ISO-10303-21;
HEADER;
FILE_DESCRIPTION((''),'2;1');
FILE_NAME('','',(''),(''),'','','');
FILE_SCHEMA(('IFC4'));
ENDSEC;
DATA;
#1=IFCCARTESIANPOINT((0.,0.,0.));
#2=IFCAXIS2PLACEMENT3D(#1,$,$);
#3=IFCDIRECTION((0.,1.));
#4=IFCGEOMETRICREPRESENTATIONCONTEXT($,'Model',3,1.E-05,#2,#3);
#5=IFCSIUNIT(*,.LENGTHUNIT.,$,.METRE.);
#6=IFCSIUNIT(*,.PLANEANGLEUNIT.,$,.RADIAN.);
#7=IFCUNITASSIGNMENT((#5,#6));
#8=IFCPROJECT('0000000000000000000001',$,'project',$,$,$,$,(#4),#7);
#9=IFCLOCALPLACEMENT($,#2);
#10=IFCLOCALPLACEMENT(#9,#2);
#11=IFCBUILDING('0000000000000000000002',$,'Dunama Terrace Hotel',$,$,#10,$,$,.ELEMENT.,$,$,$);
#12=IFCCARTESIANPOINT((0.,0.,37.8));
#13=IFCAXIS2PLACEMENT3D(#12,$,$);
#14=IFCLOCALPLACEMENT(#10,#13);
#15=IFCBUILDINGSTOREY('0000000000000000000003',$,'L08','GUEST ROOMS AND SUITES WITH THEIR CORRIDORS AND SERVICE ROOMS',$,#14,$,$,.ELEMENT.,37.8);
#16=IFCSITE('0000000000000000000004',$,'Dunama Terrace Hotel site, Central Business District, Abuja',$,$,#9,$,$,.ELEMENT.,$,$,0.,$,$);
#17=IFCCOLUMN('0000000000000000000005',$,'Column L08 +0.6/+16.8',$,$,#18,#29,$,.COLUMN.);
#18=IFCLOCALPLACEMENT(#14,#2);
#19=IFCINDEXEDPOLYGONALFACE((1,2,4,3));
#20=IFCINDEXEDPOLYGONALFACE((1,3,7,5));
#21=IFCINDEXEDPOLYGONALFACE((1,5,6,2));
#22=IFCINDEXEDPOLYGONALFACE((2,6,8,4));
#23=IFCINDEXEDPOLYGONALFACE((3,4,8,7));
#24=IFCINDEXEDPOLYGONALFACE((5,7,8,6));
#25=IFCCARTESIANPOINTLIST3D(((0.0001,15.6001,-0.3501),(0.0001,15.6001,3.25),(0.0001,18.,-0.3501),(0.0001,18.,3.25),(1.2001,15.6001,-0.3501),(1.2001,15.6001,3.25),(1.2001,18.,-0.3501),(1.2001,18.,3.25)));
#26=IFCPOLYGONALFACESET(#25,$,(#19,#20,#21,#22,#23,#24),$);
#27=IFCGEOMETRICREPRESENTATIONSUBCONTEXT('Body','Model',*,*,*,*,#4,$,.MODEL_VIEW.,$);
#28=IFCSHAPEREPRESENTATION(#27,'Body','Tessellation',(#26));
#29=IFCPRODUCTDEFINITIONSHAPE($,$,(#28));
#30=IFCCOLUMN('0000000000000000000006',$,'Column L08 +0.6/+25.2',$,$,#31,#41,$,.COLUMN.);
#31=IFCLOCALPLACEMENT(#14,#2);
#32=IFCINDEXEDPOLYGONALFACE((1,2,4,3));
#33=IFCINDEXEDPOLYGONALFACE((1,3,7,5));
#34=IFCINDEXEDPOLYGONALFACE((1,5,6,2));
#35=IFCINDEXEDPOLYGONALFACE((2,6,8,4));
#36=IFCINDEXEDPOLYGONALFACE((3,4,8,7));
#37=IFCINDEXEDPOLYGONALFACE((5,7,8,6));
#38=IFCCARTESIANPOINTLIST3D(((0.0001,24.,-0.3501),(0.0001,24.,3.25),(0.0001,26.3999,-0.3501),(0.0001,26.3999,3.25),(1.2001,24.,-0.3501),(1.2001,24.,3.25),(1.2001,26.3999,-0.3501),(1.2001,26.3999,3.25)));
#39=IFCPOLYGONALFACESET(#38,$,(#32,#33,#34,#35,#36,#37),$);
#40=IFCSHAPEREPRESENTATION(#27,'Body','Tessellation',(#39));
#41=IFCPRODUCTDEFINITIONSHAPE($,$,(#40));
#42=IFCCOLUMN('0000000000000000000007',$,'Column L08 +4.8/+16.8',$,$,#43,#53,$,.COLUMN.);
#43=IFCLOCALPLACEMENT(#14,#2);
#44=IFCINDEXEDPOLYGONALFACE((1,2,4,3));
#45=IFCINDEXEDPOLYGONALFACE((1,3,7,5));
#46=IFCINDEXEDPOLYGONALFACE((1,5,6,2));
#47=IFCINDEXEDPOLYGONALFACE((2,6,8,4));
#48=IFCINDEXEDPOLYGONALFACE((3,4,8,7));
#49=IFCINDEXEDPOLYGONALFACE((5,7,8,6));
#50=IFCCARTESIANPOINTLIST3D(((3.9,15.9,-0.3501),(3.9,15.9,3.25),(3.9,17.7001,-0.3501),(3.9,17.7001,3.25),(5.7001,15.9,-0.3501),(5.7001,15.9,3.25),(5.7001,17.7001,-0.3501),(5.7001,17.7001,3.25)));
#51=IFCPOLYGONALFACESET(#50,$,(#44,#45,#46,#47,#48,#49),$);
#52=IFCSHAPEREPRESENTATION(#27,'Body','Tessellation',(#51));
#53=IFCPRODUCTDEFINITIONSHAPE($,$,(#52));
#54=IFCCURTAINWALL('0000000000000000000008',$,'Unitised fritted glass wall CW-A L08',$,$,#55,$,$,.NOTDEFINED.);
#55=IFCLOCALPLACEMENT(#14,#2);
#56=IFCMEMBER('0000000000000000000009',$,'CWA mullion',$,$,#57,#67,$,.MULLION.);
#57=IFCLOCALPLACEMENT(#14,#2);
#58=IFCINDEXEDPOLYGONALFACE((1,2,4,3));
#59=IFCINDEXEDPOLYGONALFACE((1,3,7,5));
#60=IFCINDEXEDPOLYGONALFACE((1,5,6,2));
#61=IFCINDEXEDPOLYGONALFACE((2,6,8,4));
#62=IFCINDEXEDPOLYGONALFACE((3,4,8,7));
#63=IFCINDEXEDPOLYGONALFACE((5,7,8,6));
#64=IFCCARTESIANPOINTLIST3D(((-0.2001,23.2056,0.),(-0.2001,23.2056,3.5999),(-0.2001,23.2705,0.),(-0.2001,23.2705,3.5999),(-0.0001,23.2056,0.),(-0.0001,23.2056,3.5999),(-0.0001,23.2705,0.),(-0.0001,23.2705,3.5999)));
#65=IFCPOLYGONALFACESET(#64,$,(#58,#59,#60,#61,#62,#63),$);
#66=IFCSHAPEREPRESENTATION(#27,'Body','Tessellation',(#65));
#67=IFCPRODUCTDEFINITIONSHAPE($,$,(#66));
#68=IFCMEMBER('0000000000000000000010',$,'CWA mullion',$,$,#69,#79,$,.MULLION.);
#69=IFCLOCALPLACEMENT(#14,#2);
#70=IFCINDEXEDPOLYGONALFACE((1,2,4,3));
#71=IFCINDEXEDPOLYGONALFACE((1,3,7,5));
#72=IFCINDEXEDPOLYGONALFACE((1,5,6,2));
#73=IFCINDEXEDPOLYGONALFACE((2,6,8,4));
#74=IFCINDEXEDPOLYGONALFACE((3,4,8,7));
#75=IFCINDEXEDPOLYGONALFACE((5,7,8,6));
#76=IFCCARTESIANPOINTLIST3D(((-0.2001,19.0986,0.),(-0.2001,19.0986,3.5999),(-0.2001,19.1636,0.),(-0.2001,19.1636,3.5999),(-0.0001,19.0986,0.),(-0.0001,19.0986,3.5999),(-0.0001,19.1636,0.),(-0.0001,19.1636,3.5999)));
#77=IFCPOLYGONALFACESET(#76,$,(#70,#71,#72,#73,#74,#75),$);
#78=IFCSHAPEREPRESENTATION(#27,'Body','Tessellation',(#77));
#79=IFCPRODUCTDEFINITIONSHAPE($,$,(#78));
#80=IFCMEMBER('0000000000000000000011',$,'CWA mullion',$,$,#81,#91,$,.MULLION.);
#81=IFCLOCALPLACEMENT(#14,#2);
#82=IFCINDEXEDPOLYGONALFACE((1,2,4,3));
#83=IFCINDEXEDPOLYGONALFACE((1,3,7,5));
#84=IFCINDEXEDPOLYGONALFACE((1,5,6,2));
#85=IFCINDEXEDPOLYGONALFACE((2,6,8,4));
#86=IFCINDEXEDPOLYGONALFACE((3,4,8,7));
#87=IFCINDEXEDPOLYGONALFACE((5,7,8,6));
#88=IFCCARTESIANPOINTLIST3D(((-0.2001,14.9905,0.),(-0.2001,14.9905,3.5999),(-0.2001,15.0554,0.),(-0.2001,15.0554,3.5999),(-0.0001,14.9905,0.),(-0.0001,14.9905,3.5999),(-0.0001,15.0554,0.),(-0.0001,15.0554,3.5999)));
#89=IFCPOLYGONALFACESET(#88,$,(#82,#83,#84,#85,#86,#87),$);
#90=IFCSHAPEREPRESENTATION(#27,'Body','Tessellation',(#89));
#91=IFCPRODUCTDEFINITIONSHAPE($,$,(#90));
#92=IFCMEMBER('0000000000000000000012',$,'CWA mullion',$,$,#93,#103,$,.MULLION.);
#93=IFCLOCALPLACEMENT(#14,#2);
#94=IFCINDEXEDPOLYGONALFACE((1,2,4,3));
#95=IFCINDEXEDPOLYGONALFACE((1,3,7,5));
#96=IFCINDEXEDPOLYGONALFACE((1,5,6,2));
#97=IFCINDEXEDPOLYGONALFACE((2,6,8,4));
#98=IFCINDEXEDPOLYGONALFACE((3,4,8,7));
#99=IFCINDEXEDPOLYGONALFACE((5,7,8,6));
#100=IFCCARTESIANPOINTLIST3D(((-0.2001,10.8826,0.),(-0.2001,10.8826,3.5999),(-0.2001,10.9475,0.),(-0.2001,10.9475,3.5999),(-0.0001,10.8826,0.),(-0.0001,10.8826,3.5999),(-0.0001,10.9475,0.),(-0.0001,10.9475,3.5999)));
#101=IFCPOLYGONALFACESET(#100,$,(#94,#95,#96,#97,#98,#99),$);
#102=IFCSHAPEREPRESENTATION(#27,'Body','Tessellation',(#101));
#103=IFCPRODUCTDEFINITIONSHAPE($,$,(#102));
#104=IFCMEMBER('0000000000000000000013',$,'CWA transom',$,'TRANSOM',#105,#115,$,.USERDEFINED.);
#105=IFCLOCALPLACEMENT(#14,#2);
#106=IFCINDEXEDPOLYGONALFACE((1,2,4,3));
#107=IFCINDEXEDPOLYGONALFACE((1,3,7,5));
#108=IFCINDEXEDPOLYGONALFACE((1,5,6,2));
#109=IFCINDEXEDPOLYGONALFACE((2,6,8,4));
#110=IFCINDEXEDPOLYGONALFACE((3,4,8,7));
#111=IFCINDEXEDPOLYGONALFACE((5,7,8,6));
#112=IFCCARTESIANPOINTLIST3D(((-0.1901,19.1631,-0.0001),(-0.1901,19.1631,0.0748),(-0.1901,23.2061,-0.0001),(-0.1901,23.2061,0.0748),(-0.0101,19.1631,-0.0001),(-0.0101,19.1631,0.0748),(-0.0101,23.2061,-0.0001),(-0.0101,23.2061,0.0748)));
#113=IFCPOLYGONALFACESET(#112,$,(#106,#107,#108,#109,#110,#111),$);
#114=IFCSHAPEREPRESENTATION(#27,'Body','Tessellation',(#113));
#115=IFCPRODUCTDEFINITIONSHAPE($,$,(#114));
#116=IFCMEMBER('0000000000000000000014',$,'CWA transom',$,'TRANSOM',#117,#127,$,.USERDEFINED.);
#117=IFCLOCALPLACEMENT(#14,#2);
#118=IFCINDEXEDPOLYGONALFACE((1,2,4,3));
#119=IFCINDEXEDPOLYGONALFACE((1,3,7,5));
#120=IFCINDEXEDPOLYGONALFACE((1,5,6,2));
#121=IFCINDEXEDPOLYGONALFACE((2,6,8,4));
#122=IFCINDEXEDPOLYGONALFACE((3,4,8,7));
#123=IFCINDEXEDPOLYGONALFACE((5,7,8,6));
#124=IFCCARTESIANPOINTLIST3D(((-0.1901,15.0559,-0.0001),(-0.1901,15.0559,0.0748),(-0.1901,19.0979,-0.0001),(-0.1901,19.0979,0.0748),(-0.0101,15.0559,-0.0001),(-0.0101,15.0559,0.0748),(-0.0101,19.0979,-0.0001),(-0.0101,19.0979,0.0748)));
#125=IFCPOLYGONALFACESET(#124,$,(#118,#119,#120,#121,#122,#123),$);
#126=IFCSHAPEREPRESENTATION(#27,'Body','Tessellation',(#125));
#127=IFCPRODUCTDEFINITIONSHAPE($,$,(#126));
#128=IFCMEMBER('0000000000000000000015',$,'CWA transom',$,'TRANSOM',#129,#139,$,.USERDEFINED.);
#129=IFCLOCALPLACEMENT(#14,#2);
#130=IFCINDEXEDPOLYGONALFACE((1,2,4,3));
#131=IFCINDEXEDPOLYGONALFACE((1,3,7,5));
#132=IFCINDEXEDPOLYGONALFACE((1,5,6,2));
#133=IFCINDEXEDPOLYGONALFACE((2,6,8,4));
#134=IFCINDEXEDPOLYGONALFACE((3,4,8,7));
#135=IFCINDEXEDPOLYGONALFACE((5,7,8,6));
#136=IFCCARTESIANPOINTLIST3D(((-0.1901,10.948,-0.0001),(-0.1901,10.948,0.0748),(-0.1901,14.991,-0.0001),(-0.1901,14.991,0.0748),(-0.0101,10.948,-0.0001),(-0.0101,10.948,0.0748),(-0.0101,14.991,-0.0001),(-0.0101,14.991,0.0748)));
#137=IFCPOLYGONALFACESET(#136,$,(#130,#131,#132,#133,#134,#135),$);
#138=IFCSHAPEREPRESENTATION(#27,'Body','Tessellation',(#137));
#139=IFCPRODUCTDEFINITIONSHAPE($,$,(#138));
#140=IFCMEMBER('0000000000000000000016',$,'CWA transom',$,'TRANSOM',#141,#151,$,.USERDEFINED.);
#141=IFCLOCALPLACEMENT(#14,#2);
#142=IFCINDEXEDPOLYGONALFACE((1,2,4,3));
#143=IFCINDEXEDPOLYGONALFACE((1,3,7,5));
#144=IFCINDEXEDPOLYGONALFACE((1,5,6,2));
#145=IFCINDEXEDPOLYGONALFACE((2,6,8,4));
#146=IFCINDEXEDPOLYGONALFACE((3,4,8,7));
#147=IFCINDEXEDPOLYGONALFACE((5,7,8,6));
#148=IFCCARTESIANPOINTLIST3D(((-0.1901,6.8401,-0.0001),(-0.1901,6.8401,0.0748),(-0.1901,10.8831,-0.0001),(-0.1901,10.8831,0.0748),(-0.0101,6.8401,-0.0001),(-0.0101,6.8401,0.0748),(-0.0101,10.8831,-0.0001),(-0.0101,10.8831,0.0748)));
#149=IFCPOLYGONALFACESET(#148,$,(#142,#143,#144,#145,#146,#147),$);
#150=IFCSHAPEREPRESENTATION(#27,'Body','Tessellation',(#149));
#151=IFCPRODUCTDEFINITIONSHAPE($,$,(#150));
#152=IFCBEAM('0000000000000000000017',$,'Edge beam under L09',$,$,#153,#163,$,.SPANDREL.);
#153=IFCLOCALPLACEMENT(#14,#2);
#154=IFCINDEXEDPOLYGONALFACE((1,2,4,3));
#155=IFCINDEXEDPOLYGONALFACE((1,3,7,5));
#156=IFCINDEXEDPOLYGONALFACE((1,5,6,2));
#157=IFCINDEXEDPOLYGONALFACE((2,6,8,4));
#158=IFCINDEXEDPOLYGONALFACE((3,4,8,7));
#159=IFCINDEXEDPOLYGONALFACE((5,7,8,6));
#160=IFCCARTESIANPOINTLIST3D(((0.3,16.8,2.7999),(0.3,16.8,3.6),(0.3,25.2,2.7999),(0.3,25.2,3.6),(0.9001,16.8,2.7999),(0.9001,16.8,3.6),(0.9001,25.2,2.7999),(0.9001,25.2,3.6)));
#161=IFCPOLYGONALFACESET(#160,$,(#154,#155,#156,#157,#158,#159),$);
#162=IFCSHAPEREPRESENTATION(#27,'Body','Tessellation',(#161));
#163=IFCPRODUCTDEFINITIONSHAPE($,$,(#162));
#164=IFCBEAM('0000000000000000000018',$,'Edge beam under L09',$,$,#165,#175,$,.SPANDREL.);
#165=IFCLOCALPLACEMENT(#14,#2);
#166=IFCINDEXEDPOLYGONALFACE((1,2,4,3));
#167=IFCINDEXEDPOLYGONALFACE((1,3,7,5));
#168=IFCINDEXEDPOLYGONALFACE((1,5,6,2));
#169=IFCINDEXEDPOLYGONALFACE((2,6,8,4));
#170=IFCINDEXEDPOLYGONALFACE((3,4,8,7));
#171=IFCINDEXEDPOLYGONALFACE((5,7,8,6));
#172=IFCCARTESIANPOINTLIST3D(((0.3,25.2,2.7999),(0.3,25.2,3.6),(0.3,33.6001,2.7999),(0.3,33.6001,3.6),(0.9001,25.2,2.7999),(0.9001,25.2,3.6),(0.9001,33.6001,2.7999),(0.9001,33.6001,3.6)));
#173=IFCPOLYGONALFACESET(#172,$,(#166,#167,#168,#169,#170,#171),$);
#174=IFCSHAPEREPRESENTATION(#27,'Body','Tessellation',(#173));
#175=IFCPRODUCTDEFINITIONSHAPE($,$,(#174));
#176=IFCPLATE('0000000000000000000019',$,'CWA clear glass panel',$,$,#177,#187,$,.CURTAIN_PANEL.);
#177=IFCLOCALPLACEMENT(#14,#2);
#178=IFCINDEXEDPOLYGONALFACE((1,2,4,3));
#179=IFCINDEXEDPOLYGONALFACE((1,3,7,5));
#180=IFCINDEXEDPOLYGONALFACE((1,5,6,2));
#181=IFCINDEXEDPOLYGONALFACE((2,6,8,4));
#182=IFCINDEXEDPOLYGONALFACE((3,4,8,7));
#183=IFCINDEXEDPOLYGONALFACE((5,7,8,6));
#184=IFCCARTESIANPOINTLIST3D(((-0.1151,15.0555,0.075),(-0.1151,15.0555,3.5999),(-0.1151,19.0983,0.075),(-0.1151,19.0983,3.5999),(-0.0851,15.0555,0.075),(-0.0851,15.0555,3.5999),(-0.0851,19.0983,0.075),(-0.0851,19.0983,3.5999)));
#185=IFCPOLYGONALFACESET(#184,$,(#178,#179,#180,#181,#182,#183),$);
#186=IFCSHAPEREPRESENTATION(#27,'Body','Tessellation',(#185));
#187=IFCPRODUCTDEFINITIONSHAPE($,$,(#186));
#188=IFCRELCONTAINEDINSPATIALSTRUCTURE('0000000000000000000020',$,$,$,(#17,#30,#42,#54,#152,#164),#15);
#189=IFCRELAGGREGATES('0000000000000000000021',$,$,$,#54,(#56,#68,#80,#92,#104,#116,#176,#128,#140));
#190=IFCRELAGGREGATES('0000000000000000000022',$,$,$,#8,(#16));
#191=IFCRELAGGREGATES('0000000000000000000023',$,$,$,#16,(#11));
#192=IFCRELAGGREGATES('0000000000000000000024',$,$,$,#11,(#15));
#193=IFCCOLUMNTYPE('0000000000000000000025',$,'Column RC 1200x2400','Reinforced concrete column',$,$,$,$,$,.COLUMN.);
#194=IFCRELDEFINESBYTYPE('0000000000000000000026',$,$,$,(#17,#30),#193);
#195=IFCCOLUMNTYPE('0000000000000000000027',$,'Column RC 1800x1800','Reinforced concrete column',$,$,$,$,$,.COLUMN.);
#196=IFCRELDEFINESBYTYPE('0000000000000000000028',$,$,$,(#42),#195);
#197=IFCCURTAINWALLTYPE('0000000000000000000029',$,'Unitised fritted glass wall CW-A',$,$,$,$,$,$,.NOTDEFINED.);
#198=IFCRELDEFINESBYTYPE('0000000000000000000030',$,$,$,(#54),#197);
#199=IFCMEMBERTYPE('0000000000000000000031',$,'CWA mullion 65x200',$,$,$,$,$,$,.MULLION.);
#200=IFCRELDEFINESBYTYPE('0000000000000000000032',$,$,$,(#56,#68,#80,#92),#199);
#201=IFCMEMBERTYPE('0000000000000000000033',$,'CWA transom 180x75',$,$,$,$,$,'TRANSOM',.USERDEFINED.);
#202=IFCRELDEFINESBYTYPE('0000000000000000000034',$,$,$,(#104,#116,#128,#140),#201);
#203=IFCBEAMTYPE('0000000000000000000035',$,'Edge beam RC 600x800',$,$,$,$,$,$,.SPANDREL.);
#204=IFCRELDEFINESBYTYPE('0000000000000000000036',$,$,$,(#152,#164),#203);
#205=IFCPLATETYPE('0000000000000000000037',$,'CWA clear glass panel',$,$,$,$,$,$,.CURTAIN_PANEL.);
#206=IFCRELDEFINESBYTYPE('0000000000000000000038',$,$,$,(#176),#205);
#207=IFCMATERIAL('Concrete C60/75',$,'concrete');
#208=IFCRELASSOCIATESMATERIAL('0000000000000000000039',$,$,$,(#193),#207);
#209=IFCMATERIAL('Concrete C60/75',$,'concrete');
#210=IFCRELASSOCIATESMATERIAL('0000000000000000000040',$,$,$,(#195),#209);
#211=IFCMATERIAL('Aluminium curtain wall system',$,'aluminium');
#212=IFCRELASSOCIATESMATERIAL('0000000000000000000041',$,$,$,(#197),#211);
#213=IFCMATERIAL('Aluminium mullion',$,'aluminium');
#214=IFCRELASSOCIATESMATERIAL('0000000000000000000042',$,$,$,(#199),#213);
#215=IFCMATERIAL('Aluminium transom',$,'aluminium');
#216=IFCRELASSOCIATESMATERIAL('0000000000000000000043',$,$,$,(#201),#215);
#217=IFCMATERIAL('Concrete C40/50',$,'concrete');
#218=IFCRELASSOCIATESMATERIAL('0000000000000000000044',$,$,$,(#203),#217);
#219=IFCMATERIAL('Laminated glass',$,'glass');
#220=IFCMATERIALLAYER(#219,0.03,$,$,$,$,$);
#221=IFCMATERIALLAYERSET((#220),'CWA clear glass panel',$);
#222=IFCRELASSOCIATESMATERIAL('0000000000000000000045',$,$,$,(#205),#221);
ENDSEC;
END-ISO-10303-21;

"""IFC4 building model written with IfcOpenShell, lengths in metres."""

from ifc_helpers import new_model, si_unit, direction, frame, origin, origin_2d, place, context, subcontext, project, spatial, rectangle, extrude, material, layer, layer_set, material_profile, profile_set, type_object, element, aggregate, save


model = new_model("IFC4")

# Units and contexts
model_context = context("Model", 3, precision=1e-05, world=origin(), true_north=direction((0.0, 1.0)))
body_context = subcontext(model_context, "Body", "Model", "MODEL_VIEW")
ifc_project = project(units=[si_unit("LENGTHUNIT", "METRE"), si_unit("PLANEANGLEUNIT", "RADIAN")], contexts=[model_context])

# Site, building, storey
site_placement = place(None, origin())
site = spatial("IfcSite", under=ifc_project, at=site_placement, Name="Dunama Terrace Hotel site, Central Business District, Abuja", CompositionType="ELEMENT", RefElevation=0.0)
building_placement = place(site_placement, origin())
building = spatial("IfcBuilding", under=site, at=building_placement, Name="Dunama Terrace Hotel", CompositionType="ELEMENT")
storey_placement = place(building_placement, frame((0.0, 0.0, 37.8)))
storey = spatial("IfcBuildingStorey", under=building, at=storey_placement, Name="L08", Description="GUEST ROOMS AND SUITES WITH THEIR CORRIDORS AND SERVICE ROOMS", CompositionType="ELEMENT", Elevation=37.8)

# Columns
ifc_material_1 = material(Name="Concrete C60/75", Category="concrete")
ifc_material_profile_1 = material_profile(ifc_material_1, rectangle(XDim=1.2, YDim=2.3999, at=origin_2d()), Name="RC 1200x2400")
ifc_profile_set_1 = profile_set([ifc_material_profile_1], Name="Concrete C60/75")
column_type_1 = type_object("IfcColumnType", Name="Column RC 1200x2400", Description="Reinforced concrete column", PredefinedType="COLUMN", material=ifc_profile_set_1)
for number, where, z_axis, x_axis, name in (
    (1, (0.6001, 16.8, -0.3501), (0.0, 0.0, 1.0), (1.0, 0.0, 0.0), "Column L08 +0.6/+16.8"),
    (2, (0.6001, 25.2, -0.3501), (0.0, 0.0, 1.0), (1.0, 0.0, 0.0), "Column L08 +0.6/+25.2"),
):
    element("IfcColumn", number, at=place(storey_placement, frame(where, z_axis=z_axis, x_axis=x_axis)), inside=storey, type_object=column_type_1, Name=name, PredefinedType="COLUMN", context=body_context, shape_type="SweptSolid", body=[
        extrude(rectangle(XDim=1.2, YDim=2.3999, at=origin_2d()), origin(), (0.0, 0.0, 1.0), 3.6001),
    ])
ifc_material_2 = material(Name="Concrete C60/75", Category="concrete")
ifc_material_profile_2 = material_profile(ifc_material_2, rectangle(XDim=1.8, YDim=1.8, at=origin_2d()), Name="RC 1800x1800")
ifc_profile_set_2 = profile_set([ifc_material_profile_2], Name="Concrete C60/75")
column_type_2 = type_object("IfcColumnType", Name="Column RC 1800x1800", Description="Reinforced concrete column", PredefinedType="COLUMN", material=ifc_profile_set_2)
column_placement = place(storey_placement, frame((4.8, 16.8, -0.3501), z_axis=(0.0, 0.0, 1.0), x_axis=(1.0, 0.0, 0.0)))
element("IfcColumn", 3, at=column_placement, inside=storey, type_object=column_type_2, Name="Column L08 +4.8/+16.8", PredefinedType="COLUMN", context=body_context, shape_type="SweptSolid", body=[
    extrude(rectangle(XDim=1.8, YDim=1.8, at=origin_2d()), origin(), (0.0, 0.0, 1.0), 3.6001),
])

# Curtain wall, members
ifc_material_3 = material(Name="Aluminium curtain wall system", Category="aluminium")
curtain_wall_type = type_object("IfcCurtainWallType", Name="Unitised fritted glass wall CW-A", PredefinedType="NOTDEFINED", material=ifc_material_3)
curtain_wall_placement = place(storey_placement, origin())
curtain_wall = element("IfcCurtainWall", 4, at=curtain_wall_placement, inside=storey, type_object=curtain_wall_type, Name="Unitised fritted glass wall CW-A L08", PredefinedType="NOTDEFINED")
ifc_material_4 = material(Name="Aluminium mullion", Category="aluminium")
ifc_material_profile_3 = material_profile(ifc_material_4, rectangle(XDim=0.0649, YDim=0.2, at=origin_2d()), Name="CWA MULLION 65X200")
ifc_profile_set_3 = profile_set([ifc_material_profile_3], Name="Aluminium mullion")
member_type_1 = type_object("IfcMemberType", Name="CWA mullion 65x200", PredefinedType="MULLION", material=ifc_profile_set_3)
member_1_placement = place(storey_placement, frame((-0.1001, 23.238, 0.0), z_axis=(0.0, 0.0, 1.0), x_axis=(0.0, -1.0, 0.0)))
member_1 = element("IfcMember", 5, at=member_1_placement, type_object=member_type_1, Name="CWA mullion", PredefinedType="MULLION", context=body_context, shape_type="SweptSolid", body=[
    extrude(rectangle(XDim=0.0649, YDim=0.2, at=origin_2d()), origin(), (0.0, 0.0, 1.0), 3.5999),
])
member_2_placement = place(storey_placement, frame((-0.1001, 19.1311, 0.0), z_axis=(0.0, 0.0, 1.0), x_axis=(0.0, -1.0, 0.0)))
member_2 = element("IfcMember", 6, at=member_2_placement, type_object=member_type_1, Name="CWA mullion", PredefinedType="MULLION", context=body_context, shape_type="SweptSolid", body=[
    extrude(rectangle(XDim=0.0649, YDim=0.2, at=origin_2d()), origin(), (0.0, 0.0, 1.0), 3.5999),
])
member_3_placement = place(storey_placement, frame((-0.1001, 15.0229, 0.0), z_axis=(0.0, 0.0, 1.0), x_axis=(0.0, -1.0, 0.0)))
member_3 = element("IfcMember", 7, at=member_3_placement, type_object=member_type_1, Name="CWA mullion", PredefinedType="MULLION", context=body_context, shape_type="SweptSolid", body=[
    extrude(rectangle(XDim=0.0649, YDim=0.2, at=origin_2d()), origin(), (0.0, 0.0, 1.0), 3.5999),
])
member_4_placement = place(storey_placement, frame((-0.1001, 10.915, 0.0), z_axis=(0.0, 0.0, 1.0), x_axis=(0.0, -1.0, 0.0)))
member_4 = element("IfcMember", 8, at=member_4_placement, type_object=member_type_1, Name="CWA mullion", PredefinedType="MULLION", context=body_context, shape_type="SweptSolid", body=[
    extrude(rectangle(XDim=0.0649, YDim=0.2, at=origin_2d()), origin(), (0.0, 0.0, 1.0), 3.5999),
])
ifc_material_5 = material(Name="Aluminium transom", Category="aluminium")
ifc_material_profile_4 = material_profile(ifc_material_5, rectangle(XDim=0.1799, YDim=0.075, at=origin_2d()), Name="CWA TRANSOM 180X75")
ifc_profile_set_4 = profile_set([ifc_material_profile_4], Name="Aluminium transom")
member_type_2 = type_object("IfcMemberType", Name="CWA transom 180x75", ElementType="TRANSOM", PredefinedType="USERDEFINED", material=ifc_profile_set_4)
member_5_placement = place(storey_placement, frame((-0.1001, 23.2061, 0.0374), z_axis=(0.0, -1.0, 0.0), x_axis=(1.0, 0.0, 0.0)))
member_5 = element("IfcMember", 9, at=member_5_placement, type_object=member_type_2, Name="CWA transom", ObjectType="TRANSOM", PredefinedType="USERDEFINED", context=body_context, shape_type="SweptSolid", body=[
    extrude(rectangle(XDim=0.1799, YDim=0.075, at=origin_2d()), origin(), (0.0, 0.0, 1.0), 4.043),
])
member_6_placement = place(storey_placement, frame((-0.1001, 19.0979, 0.0374), z_axis=(0.0, -1.0, 0.0), x_axis=(1.0, 0.0, 0.0)))
member_6 = element("IfcMember", 10, at=member_6_placement, type_object=member_type_2, Name="CWA transom", ObjectType="TRANSOM", PredefinedType="USERDEFINED", context=body_context, shape_type="SweptSolid", body=[
    extrude(rectangle(XDim=0.1799, YDim=0.075, at=origin_2d()), origin(), (0.0, 0.0, 1.0), 4.042),
])
member_7_placement = place(storey_placement, frame((-0.1001, 14.991, 0.0374), z_axis=(0.0, -1.0, 0.0), x_axis=(1.0, 0.0, 0.0)))
member_7 = element("IfcMember", 11, at=member_7_placement, type_object=member_type_2, Name="CWA transom", ObjectType="TRANSOM", PredefinedType="USERDEFINED", context=body_context, shape_type="SweptSolid", body=[
    extrude(rectangle(XDim=0.1799, YDim=0.075, at=origin_2d()), origin(), (0.0, 0.0, 1.0), 4.043),
])
member_8_placement = place(storey_placement, frame((-0.1001, 10.8831, 0.0374), z_axis=(0.0, -1.0, 0.0), x_axis=(1.0, 0.0, 0.0)))
member_8 = element("IfcMember", 12, at=member_8_placement, type_object=member_type_2, Name="CWA transom", ObjectType="TRANSOM", PredefinedType="USERDEFINED", context=body_context, shape_type="SweptSolid", body=[
    extrude(rectangle(XDim=0.1799, YDim=0.075, at=origin_2d()), origin(), (0.0, 0.0, 1.0), 4.043),
])

# Beams
ifc_material_6 = material(Name="Concrete C40/50", Category="concrete")
ifc_material_profile_5 = material_profile(ifc_material_6, rectangle(XDim=0.6001, YDim=0.8, at=origin_2d()), Name="RC 600x800")
ifc_profile_set_5 = profile_set([ifc_material_profile_5], Name="Concrete C40/50")
beam_type = type_object("IfcBeamType", Name="Edge beam RC 600x800", PredefinedType="SPANDREL", material=ifc_profile_set_5)
beam_1_placement = place(storey_placement, frame((0.6001, 16.8, 3.2), z_axis=(0.0, 1.0, 0.0), x_axis=(-1.0, 0.0, 0.0)))
element("IfcBeam", 13, at=beam_1_placement, inside=storey, type_object=beam_type, Name="Edge beam under L09", PredefinedType="SPANDREL", context=body_context, shape_type="SweptSolid", body=[
    extrude(rectangle(XDim=0.6001, YDim=0.8, at=origin_2d()), origin(), (0.0, 0.0, 1.0), 8.3999),
])
beam_2_placement = place(storey_placement, frame((0.6001, 25.2, 3.2), z_axis=(0.0, 1.0, 0.0), x_axis=(-1.0, 0.0, 0.0)))
element("IfcBeam", 14, at=beam_2_placement, inside=storey, type_object=beam_type, Name="Edge beam under L09", PredefinedType="SPANDREL", context=body_context, shape_type="SweptSolid", body=[
    extrude(rectangle(XDim=0.6001, YDim=0.8, at=origin_2d()), origin(), (0.0, 0.0, 1.0), 8.4001),
])

# Plate
ifc_material_7 = material(Name="Laminated glass", Category="glass")
ifc_layer_1 = layer(ifc_material_7, 0.03)
ifc_layer_set_1 = layer_set([ifc_layer_1], Name="CWA clear glass panel")
plate_type_1 = type_object("IfcPlateType", Name="CWA clear glass panel", PredefinedType="CURTAIN_PANEL", material=ifc_layer_set_1)
plate_1_placement = place(storey_placement, frame((-0.1001, 17.0769, 0.075), z_axis=(0.0, 0.0, 1.0), x_axis=(0.0, -1.0, 0.0)))
plate_1 = element("IfcPlate", 15, at=plate_1_placement, type_object=plate_type_1, Name="CWA clear glass panel", PredefinedType="CURTAIN_PANEL", context=body_context, shape_type="SweptSolid", body=[
    extrude(rectangle(XDim=4.0427, YDim=0.03, at=origin_2d()), origin(), (0.0, 0.0, 1.0), 3.5249),
])
aggregate(curtain_wall, [member_1, member_2, member_3, member_4, member_5, member_6, plate_1, member_7, member_8])

save(model, "model.ifc")
